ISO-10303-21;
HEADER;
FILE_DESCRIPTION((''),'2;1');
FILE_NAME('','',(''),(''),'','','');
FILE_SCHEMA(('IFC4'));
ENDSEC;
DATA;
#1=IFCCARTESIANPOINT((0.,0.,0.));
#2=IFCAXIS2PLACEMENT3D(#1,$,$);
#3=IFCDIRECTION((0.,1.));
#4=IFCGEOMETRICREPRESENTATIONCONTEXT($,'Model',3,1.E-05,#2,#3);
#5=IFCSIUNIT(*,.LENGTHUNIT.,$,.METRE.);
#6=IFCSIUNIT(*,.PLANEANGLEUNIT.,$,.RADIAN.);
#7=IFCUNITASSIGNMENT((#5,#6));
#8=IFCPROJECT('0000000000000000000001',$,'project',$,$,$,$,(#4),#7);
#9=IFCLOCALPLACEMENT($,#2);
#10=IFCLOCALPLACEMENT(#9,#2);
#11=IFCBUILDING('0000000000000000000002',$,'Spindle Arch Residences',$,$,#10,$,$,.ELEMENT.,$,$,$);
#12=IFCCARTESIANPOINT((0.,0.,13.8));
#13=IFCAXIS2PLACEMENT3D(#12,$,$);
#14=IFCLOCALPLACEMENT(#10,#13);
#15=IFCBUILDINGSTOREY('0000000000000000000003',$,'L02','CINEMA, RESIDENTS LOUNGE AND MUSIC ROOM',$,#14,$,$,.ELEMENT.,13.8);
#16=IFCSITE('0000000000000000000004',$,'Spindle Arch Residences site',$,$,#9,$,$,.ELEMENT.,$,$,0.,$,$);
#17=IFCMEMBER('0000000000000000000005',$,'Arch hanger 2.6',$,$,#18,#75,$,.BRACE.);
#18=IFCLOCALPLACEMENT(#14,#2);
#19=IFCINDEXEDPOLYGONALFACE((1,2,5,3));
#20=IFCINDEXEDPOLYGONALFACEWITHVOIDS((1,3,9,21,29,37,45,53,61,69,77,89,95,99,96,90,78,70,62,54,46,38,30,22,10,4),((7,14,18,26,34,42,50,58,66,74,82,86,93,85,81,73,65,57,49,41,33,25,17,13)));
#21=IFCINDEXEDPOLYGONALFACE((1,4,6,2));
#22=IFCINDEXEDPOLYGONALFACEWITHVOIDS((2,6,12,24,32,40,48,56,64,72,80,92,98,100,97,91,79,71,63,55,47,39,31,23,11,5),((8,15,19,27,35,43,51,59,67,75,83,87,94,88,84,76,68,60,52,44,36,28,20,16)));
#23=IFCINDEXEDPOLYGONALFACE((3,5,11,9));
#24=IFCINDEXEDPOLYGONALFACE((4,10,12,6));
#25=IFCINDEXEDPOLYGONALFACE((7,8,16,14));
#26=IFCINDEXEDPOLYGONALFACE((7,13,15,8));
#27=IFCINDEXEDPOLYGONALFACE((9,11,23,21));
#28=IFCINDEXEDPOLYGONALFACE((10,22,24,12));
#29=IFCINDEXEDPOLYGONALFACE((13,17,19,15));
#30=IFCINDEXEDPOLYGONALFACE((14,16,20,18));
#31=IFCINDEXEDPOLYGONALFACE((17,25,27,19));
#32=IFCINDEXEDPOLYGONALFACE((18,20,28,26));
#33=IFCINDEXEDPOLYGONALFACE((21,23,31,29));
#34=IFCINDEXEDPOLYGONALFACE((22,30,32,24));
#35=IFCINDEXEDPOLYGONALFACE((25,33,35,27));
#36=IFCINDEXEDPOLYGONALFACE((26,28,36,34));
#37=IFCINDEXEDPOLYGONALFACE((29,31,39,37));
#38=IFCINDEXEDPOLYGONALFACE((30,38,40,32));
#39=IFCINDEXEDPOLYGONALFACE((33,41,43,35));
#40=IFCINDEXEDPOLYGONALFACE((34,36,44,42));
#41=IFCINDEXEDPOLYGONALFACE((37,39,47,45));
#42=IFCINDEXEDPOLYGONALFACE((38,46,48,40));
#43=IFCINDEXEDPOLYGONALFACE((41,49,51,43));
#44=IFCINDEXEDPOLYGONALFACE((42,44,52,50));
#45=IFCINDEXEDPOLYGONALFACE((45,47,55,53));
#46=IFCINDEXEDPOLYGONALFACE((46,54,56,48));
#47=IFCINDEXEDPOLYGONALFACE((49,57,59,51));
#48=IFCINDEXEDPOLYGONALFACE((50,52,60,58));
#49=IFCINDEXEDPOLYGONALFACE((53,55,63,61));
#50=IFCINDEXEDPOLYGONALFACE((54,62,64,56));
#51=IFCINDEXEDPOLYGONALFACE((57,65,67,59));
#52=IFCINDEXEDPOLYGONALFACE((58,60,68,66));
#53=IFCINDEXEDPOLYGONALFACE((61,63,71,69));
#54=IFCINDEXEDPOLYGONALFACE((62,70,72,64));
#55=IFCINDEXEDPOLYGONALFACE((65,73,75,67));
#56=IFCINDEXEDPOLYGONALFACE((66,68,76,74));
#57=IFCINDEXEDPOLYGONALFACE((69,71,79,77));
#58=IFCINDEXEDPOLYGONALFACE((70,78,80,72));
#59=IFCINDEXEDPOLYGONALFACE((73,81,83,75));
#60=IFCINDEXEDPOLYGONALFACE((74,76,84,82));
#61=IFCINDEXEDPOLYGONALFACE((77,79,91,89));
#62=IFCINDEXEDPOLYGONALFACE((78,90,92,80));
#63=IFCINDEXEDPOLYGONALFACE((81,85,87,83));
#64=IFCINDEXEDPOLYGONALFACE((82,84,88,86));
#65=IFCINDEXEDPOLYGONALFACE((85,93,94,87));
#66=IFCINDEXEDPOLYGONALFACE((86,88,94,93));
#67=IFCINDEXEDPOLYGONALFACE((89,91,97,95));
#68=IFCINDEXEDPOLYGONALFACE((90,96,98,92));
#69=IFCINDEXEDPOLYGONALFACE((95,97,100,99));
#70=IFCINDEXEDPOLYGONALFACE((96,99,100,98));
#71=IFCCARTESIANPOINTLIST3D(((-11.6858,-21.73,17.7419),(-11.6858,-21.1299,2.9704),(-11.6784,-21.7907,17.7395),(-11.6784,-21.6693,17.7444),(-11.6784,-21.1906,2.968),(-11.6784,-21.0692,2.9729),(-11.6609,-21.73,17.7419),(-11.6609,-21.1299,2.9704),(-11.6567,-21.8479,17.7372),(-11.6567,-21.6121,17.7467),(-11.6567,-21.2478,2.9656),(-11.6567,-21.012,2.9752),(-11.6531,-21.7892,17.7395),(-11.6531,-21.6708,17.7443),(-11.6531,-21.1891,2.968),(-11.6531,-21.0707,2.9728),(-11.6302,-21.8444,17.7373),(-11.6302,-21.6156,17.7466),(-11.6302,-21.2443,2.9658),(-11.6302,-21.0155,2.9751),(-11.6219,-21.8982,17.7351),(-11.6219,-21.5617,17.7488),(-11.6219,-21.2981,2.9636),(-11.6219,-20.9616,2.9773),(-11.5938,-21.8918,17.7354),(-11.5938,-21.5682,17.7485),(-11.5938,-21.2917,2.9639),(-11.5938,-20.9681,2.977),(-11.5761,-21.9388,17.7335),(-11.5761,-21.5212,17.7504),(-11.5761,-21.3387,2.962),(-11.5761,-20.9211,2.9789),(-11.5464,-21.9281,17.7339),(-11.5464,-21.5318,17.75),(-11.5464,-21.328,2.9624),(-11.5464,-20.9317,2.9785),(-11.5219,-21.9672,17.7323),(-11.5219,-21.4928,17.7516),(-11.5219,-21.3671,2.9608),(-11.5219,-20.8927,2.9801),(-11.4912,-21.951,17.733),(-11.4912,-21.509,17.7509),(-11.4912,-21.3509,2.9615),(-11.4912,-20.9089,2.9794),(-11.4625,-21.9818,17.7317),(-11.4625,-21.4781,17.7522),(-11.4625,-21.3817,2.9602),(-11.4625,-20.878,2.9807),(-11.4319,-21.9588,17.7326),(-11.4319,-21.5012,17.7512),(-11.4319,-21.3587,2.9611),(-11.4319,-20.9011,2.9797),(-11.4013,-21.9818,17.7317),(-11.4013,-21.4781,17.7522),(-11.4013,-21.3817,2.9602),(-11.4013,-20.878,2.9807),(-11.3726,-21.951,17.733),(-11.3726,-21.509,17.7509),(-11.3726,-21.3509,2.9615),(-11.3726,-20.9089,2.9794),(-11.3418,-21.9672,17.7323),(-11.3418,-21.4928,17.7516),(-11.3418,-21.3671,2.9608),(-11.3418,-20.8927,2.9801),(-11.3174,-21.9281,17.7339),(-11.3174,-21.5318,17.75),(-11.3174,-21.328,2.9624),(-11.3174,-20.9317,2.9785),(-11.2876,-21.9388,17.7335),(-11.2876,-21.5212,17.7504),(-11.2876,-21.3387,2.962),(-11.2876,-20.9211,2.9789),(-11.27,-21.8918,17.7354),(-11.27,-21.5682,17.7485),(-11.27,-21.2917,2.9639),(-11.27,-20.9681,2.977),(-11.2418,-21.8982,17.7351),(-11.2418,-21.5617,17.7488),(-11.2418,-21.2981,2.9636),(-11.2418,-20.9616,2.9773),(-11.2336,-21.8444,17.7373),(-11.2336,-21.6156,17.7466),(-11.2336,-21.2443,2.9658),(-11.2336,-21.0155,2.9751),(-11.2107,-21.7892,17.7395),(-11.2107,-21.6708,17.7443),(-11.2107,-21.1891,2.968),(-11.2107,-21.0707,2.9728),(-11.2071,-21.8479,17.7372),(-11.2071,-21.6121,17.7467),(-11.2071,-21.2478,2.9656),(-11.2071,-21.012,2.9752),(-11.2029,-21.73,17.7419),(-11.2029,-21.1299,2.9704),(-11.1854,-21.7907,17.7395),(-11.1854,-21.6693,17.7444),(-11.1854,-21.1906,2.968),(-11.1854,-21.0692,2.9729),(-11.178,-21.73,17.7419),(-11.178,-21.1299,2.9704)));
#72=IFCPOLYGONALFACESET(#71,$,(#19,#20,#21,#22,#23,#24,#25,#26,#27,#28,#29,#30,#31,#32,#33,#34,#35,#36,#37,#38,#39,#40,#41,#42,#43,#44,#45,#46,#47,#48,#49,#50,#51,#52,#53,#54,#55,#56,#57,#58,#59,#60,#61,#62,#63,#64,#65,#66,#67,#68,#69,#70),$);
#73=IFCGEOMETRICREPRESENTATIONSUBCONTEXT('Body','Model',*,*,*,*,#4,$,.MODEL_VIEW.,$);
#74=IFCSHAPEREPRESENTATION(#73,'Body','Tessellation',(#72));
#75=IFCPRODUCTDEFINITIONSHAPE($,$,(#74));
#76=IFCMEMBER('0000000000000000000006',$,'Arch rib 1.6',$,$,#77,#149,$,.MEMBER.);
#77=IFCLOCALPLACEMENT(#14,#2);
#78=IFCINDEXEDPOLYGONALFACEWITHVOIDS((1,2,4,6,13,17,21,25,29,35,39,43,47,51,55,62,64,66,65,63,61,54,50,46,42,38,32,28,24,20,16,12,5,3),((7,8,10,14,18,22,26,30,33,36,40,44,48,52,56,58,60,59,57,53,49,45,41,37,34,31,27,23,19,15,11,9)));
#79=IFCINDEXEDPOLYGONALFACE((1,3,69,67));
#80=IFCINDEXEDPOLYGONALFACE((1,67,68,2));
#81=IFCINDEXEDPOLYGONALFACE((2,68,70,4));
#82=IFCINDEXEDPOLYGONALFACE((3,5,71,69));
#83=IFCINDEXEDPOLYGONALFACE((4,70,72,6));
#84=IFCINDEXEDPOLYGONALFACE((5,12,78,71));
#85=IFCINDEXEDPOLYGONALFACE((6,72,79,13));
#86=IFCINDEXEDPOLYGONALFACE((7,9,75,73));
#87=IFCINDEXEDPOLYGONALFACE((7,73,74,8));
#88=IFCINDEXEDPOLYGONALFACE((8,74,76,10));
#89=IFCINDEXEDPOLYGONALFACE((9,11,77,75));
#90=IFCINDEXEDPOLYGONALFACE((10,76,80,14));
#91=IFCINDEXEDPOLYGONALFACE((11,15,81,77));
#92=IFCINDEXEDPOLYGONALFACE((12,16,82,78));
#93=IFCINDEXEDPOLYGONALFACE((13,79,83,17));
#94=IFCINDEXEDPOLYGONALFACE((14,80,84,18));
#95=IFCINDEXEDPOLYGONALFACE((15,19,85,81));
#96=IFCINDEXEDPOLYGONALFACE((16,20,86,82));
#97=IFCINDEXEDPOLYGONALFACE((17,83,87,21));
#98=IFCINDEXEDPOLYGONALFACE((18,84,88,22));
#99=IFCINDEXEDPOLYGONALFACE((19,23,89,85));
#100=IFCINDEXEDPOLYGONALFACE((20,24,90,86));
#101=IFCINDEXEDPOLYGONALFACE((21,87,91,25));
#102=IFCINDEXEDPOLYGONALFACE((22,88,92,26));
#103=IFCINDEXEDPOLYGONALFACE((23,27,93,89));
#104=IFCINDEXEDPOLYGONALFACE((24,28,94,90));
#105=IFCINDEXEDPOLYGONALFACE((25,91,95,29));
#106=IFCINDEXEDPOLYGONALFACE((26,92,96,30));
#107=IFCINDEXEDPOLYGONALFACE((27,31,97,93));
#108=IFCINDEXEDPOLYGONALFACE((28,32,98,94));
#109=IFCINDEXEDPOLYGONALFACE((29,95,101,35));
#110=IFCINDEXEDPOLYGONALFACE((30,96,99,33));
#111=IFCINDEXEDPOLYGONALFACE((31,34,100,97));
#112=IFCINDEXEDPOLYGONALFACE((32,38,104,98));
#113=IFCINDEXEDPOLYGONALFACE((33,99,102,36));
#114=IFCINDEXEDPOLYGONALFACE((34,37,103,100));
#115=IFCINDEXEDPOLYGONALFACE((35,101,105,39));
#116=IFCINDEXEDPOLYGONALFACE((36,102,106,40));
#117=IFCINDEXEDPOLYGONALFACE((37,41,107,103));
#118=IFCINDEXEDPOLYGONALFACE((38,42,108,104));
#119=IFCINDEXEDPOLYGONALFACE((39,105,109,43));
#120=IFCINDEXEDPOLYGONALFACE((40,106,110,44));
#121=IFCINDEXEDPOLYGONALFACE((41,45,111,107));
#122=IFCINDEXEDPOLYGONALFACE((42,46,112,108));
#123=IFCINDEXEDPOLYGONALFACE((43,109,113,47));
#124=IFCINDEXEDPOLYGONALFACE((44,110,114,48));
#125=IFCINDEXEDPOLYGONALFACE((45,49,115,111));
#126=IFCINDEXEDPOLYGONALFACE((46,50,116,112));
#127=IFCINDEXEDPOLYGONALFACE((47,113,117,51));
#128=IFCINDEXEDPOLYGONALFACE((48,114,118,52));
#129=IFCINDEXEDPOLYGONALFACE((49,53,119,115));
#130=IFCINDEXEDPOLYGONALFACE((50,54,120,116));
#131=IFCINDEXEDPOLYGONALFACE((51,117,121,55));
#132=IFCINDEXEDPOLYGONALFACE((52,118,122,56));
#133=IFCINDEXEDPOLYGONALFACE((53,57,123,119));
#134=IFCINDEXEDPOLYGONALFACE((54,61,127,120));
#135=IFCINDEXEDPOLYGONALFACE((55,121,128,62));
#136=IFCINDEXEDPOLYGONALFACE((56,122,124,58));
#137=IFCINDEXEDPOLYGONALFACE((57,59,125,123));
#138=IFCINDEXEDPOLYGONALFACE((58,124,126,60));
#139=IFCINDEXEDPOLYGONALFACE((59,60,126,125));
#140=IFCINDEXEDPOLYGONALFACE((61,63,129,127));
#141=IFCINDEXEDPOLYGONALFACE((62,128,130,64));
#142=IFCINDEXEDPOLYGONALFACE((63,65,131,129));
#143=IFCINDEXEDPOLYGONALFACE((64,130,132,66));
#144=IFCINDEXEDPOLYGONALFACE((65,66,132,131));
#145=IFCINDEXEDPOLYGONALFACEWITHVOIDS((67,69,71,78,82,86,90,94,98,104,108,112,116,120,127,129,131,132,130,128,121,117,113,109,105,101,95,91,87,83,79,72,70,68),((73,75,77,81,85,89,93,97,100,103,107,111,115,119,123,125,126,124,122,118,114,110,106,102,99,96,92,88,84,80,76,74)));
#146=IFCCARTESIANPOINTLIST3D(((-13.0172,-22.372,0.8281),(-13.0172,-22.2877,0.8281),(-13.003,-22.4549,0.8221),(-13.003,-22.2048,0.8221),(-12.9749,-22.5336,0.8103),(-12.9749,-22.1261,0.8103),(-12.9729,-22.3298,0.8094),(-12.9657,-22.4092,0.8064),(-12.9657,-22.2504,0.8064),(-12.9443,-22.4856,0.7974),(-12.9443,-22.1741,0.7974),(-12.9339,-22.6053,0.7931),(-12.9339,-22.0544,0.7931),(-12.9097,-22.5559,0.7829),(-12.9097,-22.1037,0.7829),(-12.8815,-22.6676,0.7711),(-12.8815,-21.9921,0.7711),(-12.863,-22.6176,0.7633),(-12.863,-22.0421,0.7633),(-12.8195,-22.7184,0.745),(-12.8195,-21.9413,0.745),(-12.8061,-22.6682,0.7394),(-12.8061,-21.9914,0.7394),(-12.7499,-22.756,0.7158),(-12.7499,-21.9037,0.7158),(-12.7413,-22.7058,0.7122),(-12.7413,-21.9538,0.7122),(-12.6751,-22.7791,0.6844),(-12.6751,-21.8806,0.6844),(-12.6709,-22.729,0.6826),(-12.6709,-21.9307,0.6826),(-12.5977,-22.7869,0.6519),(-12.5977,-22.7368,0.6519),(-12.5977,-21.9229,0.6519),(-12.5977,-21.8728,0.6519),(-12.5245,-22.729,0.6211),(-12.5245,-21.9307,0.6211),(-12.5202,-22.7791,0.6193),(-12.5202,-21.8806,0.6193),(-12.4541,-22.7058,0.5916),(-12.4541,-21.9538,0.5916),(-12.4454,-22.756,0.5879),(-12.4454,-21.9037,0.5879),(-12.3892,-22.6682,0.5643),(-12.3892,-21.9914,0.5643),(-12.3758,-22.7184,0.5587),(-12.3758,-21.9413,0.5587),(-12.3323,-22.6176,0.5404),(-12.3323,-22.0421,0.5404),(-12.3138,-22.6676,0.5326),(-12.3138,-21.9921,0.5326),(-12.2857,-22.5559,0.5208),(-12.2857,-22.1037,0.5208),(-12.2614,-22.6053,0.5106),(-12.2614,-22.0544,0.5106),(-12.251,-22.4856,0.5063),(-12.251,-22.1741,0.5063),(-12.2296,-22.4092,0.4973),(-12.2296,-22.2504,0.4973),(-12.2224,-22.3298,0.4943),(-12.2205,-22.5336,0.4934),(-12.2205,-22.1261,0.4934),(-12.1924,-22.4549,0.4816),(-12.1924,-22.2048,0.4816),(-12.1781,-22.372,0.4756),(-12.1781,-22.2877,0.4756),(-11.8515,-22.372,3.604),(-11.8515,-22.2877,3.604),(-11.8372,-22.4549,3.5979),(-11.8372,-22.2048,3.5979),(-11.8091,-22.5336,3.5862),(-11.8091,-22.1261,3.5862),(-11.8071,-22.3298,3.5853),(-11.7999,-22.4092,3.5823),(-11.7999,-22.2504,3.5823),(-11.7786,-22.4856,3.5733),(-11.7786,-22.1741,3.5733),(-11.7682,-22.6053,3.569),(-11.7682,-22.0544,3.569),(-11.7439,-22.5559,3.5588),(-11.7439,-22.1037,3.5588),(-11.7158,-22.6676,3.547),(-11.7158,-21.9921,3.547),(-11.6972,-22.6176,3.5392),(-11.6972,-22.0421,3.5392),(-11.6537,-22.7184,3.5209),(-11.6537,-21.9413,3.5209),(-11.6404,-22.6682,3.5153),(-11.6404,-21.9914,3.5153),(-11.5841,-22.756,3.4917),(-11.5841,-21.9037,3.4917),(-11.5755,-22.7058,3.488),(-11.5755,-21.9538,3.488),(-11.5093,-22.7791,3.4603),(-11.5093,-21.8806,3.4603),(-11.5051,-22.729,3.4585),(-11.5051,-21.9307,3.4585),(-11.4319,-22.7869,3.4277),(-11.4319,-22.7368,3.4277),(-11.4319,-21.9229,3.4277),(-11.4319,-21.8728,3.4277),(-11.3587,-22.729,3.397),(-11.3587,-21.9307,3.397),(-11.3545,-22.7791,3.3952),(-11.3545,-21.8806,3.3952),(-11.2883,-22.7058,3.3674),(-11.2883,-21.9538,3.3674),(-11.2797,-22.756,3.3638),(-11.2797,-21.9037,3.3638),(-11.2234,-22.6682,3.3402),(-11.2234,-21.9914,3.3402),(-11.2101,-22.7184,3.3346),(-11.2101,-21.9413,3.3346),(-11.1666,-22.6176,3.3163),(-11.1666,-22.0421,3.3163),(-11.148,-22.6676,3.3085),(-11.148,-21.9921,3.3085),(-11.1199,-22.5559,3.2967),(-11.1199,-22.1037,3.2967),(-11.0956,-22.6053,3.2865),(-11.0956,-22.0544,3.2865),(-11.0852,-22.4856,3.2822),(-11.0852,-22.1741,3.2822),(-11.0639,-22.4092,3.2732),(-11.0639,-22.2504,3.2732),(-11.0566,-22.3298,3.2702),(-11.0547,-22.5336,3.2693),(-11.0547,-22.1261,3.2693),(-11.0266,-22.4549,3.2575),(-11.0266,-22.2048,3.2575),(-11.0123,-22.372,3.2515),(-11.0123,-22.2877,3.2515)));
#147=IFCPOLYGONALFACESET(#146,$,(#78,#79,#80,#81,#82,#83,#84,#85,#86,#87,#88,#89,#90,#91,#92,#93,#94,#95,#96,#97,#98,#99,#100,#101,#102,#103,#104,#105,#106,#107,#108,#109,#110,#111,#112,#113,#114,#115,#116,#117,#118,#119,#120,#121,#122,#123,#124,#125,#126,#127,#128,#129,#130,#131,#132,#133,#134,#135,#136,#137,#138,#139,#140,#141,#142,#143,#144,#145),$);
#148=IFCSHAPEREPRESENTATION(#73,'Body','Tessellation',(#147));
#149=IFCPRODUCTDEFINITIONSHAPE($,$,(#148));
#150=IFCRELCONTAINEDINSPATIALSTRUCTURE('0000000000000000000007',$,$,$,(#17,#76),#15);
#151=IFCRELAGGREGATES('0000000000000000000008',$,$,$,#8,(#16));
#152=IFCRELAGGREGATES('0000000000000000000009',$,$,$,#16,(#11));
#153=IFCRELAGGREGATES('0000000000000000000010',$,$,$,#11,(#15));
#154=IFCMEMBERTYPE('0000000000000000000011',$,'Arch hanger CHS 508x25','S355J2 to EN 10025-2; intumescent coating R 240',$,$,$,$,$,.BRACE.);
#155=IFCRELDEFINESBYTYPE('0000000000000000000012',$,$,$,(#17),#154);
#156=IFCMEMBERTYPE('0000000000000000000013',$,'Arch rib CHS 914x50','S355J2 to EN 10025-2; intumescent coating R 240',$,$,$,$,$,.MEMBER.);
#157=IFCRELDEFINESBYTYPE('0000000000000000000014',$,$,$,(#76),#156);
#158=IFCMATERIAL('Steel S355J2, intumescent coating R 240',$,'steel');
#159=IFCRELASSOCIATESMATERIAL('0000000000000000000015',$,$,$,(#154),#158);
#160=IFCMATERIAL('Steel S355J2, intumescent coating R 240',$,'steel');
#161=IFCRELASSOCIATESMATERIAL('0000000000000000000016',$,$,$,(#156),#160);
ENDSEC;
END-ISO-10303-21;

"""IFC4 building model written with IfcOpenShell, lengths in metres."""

from ifc_helpers import new_model, si_unit, direction, frame, origin, origin_2d, place, context, subcontext, project, spatial, hollow_circle, extrude, material, material_profile, profile_set, type_object, element, save


model = new_model("IFC4")

# Units and contexts
model_context = context("Model", 3, precision=1e-05, world=origin(), true_north=direction((0.0, 1.0)))
body_context = subcontext(model_context, "Body", "Model", "MODEL_VIEW")
ifc_project = project(units=[si_unit("LENGTHUNIT", "METRE"), si_unit("PLANEANGLEUNIT", "RADIAN")], contexts=[model_context])

# Site, building, storey
site_placement = place(None, origin())
site = spatial("IfcSite", under=ifc_project, at=site_placement, Name="Spindle Arch Residences site", CompositionType="ELEMENT", RefElevation=0.0)
building_placement = place(site_placement, origin())
building = spatial("IfcBuilding", under=site, at=building_placement, Name="Spindle Arch Residences", CompositionType="ELEMENT")
storey_placement = place(building_placement, frame((0.0, 0.0, 13.8)))
storey = spatial("IfcBuildingStorey", under=building, at=storey_placement, Name="L02", Description="CINEMA, RESIDENTS LOUNGE AND MUSIC ROOM", CompositionType="ELEMENT", Elevation=13.8)

# Members
ifc_material_1 = material(Name="Steel S355J2, intumescent coating R 240", Category="steel")
ifc_material_profile_1 = material_profile(ifc_material_1, hollow_circle(Radius=0.2539, WallThickness=0.0249, at=origin_2d()), Name="CHS 508x25")
ifc_profile_set_1 = profile_set([ifc_material_profile_1], Name="Steel S355J2, intumescent coating R 240")
member_type_1 = type_object("IfcMemberType", Name="Arch hanger CHS 508x25", Description="S355J2 to EN 10025-2; intumescent coating R 240", PredefinedType="BRACE", material=ifc_profile_set_1)
member_1_placement = place(storey_placement, frame((-11.4319, -21.73, 17.7419), z_axis=(0.0, 0.040592, -0.999176), x_axis=(-1.0, 0.0, 0.0)))
element("IfcMember", 1, at=member_1_placement, inside=storey, type_object=member_type_1, Name="Arch hanger 2.6", PredefinedType="BRACE", context=body_context, shape_type="SweptSolid", body=[
    extrude(hollow_circle(Radius=0.2539, WallThickness=0.0249, at=origin_2d()), origin(), (0.0, 0.0, 1.0), 14.7837),
])
ifc_material_2 = material(Name="Steel S355J2, intumescent coating R 240", Category="steel")
ifc_material_profile_2 = material_profile(ifc_material_2, hollow_circle(Radius=0.457, WallThickness=0.05, at=origin_2d()), Name="CHS 914x50")
ifc_profile_set_2 = profile_set([ifc_material_profile_2], Name="Steel S355J2, intumescent coating R 240")
member_type_2 = type_object("IfcMemberType", Name="Arch rib CHS 914x50", Description="S355J2 to EN 10025-2; intumescent coating R 240", PredefinedType="MEMBER", material=ifc_profile_set_2)
member_2_placement = place(storey_placement, frame((-12.5977, -22.3298, 0.6519), z_axis=(0.387205, 0.0, 0.921994), x_axis=(0.0, 1.0, 0.0)))
element("IfcMember", 2, at=member_2_placement, inside=storey, type_object=member_type_2, Name="Arch rib 1.6", PredefinedType="MEMBER", context=body_context, shape_type="SweptSolid", body=[
    extrude(hollow_circle(Radius=0.457, WallThickness=0.05, at=origin_2d()), origin(), (0.0, 0.0, 1.0), 3.0107),
])

save(model, "model.ifc")
